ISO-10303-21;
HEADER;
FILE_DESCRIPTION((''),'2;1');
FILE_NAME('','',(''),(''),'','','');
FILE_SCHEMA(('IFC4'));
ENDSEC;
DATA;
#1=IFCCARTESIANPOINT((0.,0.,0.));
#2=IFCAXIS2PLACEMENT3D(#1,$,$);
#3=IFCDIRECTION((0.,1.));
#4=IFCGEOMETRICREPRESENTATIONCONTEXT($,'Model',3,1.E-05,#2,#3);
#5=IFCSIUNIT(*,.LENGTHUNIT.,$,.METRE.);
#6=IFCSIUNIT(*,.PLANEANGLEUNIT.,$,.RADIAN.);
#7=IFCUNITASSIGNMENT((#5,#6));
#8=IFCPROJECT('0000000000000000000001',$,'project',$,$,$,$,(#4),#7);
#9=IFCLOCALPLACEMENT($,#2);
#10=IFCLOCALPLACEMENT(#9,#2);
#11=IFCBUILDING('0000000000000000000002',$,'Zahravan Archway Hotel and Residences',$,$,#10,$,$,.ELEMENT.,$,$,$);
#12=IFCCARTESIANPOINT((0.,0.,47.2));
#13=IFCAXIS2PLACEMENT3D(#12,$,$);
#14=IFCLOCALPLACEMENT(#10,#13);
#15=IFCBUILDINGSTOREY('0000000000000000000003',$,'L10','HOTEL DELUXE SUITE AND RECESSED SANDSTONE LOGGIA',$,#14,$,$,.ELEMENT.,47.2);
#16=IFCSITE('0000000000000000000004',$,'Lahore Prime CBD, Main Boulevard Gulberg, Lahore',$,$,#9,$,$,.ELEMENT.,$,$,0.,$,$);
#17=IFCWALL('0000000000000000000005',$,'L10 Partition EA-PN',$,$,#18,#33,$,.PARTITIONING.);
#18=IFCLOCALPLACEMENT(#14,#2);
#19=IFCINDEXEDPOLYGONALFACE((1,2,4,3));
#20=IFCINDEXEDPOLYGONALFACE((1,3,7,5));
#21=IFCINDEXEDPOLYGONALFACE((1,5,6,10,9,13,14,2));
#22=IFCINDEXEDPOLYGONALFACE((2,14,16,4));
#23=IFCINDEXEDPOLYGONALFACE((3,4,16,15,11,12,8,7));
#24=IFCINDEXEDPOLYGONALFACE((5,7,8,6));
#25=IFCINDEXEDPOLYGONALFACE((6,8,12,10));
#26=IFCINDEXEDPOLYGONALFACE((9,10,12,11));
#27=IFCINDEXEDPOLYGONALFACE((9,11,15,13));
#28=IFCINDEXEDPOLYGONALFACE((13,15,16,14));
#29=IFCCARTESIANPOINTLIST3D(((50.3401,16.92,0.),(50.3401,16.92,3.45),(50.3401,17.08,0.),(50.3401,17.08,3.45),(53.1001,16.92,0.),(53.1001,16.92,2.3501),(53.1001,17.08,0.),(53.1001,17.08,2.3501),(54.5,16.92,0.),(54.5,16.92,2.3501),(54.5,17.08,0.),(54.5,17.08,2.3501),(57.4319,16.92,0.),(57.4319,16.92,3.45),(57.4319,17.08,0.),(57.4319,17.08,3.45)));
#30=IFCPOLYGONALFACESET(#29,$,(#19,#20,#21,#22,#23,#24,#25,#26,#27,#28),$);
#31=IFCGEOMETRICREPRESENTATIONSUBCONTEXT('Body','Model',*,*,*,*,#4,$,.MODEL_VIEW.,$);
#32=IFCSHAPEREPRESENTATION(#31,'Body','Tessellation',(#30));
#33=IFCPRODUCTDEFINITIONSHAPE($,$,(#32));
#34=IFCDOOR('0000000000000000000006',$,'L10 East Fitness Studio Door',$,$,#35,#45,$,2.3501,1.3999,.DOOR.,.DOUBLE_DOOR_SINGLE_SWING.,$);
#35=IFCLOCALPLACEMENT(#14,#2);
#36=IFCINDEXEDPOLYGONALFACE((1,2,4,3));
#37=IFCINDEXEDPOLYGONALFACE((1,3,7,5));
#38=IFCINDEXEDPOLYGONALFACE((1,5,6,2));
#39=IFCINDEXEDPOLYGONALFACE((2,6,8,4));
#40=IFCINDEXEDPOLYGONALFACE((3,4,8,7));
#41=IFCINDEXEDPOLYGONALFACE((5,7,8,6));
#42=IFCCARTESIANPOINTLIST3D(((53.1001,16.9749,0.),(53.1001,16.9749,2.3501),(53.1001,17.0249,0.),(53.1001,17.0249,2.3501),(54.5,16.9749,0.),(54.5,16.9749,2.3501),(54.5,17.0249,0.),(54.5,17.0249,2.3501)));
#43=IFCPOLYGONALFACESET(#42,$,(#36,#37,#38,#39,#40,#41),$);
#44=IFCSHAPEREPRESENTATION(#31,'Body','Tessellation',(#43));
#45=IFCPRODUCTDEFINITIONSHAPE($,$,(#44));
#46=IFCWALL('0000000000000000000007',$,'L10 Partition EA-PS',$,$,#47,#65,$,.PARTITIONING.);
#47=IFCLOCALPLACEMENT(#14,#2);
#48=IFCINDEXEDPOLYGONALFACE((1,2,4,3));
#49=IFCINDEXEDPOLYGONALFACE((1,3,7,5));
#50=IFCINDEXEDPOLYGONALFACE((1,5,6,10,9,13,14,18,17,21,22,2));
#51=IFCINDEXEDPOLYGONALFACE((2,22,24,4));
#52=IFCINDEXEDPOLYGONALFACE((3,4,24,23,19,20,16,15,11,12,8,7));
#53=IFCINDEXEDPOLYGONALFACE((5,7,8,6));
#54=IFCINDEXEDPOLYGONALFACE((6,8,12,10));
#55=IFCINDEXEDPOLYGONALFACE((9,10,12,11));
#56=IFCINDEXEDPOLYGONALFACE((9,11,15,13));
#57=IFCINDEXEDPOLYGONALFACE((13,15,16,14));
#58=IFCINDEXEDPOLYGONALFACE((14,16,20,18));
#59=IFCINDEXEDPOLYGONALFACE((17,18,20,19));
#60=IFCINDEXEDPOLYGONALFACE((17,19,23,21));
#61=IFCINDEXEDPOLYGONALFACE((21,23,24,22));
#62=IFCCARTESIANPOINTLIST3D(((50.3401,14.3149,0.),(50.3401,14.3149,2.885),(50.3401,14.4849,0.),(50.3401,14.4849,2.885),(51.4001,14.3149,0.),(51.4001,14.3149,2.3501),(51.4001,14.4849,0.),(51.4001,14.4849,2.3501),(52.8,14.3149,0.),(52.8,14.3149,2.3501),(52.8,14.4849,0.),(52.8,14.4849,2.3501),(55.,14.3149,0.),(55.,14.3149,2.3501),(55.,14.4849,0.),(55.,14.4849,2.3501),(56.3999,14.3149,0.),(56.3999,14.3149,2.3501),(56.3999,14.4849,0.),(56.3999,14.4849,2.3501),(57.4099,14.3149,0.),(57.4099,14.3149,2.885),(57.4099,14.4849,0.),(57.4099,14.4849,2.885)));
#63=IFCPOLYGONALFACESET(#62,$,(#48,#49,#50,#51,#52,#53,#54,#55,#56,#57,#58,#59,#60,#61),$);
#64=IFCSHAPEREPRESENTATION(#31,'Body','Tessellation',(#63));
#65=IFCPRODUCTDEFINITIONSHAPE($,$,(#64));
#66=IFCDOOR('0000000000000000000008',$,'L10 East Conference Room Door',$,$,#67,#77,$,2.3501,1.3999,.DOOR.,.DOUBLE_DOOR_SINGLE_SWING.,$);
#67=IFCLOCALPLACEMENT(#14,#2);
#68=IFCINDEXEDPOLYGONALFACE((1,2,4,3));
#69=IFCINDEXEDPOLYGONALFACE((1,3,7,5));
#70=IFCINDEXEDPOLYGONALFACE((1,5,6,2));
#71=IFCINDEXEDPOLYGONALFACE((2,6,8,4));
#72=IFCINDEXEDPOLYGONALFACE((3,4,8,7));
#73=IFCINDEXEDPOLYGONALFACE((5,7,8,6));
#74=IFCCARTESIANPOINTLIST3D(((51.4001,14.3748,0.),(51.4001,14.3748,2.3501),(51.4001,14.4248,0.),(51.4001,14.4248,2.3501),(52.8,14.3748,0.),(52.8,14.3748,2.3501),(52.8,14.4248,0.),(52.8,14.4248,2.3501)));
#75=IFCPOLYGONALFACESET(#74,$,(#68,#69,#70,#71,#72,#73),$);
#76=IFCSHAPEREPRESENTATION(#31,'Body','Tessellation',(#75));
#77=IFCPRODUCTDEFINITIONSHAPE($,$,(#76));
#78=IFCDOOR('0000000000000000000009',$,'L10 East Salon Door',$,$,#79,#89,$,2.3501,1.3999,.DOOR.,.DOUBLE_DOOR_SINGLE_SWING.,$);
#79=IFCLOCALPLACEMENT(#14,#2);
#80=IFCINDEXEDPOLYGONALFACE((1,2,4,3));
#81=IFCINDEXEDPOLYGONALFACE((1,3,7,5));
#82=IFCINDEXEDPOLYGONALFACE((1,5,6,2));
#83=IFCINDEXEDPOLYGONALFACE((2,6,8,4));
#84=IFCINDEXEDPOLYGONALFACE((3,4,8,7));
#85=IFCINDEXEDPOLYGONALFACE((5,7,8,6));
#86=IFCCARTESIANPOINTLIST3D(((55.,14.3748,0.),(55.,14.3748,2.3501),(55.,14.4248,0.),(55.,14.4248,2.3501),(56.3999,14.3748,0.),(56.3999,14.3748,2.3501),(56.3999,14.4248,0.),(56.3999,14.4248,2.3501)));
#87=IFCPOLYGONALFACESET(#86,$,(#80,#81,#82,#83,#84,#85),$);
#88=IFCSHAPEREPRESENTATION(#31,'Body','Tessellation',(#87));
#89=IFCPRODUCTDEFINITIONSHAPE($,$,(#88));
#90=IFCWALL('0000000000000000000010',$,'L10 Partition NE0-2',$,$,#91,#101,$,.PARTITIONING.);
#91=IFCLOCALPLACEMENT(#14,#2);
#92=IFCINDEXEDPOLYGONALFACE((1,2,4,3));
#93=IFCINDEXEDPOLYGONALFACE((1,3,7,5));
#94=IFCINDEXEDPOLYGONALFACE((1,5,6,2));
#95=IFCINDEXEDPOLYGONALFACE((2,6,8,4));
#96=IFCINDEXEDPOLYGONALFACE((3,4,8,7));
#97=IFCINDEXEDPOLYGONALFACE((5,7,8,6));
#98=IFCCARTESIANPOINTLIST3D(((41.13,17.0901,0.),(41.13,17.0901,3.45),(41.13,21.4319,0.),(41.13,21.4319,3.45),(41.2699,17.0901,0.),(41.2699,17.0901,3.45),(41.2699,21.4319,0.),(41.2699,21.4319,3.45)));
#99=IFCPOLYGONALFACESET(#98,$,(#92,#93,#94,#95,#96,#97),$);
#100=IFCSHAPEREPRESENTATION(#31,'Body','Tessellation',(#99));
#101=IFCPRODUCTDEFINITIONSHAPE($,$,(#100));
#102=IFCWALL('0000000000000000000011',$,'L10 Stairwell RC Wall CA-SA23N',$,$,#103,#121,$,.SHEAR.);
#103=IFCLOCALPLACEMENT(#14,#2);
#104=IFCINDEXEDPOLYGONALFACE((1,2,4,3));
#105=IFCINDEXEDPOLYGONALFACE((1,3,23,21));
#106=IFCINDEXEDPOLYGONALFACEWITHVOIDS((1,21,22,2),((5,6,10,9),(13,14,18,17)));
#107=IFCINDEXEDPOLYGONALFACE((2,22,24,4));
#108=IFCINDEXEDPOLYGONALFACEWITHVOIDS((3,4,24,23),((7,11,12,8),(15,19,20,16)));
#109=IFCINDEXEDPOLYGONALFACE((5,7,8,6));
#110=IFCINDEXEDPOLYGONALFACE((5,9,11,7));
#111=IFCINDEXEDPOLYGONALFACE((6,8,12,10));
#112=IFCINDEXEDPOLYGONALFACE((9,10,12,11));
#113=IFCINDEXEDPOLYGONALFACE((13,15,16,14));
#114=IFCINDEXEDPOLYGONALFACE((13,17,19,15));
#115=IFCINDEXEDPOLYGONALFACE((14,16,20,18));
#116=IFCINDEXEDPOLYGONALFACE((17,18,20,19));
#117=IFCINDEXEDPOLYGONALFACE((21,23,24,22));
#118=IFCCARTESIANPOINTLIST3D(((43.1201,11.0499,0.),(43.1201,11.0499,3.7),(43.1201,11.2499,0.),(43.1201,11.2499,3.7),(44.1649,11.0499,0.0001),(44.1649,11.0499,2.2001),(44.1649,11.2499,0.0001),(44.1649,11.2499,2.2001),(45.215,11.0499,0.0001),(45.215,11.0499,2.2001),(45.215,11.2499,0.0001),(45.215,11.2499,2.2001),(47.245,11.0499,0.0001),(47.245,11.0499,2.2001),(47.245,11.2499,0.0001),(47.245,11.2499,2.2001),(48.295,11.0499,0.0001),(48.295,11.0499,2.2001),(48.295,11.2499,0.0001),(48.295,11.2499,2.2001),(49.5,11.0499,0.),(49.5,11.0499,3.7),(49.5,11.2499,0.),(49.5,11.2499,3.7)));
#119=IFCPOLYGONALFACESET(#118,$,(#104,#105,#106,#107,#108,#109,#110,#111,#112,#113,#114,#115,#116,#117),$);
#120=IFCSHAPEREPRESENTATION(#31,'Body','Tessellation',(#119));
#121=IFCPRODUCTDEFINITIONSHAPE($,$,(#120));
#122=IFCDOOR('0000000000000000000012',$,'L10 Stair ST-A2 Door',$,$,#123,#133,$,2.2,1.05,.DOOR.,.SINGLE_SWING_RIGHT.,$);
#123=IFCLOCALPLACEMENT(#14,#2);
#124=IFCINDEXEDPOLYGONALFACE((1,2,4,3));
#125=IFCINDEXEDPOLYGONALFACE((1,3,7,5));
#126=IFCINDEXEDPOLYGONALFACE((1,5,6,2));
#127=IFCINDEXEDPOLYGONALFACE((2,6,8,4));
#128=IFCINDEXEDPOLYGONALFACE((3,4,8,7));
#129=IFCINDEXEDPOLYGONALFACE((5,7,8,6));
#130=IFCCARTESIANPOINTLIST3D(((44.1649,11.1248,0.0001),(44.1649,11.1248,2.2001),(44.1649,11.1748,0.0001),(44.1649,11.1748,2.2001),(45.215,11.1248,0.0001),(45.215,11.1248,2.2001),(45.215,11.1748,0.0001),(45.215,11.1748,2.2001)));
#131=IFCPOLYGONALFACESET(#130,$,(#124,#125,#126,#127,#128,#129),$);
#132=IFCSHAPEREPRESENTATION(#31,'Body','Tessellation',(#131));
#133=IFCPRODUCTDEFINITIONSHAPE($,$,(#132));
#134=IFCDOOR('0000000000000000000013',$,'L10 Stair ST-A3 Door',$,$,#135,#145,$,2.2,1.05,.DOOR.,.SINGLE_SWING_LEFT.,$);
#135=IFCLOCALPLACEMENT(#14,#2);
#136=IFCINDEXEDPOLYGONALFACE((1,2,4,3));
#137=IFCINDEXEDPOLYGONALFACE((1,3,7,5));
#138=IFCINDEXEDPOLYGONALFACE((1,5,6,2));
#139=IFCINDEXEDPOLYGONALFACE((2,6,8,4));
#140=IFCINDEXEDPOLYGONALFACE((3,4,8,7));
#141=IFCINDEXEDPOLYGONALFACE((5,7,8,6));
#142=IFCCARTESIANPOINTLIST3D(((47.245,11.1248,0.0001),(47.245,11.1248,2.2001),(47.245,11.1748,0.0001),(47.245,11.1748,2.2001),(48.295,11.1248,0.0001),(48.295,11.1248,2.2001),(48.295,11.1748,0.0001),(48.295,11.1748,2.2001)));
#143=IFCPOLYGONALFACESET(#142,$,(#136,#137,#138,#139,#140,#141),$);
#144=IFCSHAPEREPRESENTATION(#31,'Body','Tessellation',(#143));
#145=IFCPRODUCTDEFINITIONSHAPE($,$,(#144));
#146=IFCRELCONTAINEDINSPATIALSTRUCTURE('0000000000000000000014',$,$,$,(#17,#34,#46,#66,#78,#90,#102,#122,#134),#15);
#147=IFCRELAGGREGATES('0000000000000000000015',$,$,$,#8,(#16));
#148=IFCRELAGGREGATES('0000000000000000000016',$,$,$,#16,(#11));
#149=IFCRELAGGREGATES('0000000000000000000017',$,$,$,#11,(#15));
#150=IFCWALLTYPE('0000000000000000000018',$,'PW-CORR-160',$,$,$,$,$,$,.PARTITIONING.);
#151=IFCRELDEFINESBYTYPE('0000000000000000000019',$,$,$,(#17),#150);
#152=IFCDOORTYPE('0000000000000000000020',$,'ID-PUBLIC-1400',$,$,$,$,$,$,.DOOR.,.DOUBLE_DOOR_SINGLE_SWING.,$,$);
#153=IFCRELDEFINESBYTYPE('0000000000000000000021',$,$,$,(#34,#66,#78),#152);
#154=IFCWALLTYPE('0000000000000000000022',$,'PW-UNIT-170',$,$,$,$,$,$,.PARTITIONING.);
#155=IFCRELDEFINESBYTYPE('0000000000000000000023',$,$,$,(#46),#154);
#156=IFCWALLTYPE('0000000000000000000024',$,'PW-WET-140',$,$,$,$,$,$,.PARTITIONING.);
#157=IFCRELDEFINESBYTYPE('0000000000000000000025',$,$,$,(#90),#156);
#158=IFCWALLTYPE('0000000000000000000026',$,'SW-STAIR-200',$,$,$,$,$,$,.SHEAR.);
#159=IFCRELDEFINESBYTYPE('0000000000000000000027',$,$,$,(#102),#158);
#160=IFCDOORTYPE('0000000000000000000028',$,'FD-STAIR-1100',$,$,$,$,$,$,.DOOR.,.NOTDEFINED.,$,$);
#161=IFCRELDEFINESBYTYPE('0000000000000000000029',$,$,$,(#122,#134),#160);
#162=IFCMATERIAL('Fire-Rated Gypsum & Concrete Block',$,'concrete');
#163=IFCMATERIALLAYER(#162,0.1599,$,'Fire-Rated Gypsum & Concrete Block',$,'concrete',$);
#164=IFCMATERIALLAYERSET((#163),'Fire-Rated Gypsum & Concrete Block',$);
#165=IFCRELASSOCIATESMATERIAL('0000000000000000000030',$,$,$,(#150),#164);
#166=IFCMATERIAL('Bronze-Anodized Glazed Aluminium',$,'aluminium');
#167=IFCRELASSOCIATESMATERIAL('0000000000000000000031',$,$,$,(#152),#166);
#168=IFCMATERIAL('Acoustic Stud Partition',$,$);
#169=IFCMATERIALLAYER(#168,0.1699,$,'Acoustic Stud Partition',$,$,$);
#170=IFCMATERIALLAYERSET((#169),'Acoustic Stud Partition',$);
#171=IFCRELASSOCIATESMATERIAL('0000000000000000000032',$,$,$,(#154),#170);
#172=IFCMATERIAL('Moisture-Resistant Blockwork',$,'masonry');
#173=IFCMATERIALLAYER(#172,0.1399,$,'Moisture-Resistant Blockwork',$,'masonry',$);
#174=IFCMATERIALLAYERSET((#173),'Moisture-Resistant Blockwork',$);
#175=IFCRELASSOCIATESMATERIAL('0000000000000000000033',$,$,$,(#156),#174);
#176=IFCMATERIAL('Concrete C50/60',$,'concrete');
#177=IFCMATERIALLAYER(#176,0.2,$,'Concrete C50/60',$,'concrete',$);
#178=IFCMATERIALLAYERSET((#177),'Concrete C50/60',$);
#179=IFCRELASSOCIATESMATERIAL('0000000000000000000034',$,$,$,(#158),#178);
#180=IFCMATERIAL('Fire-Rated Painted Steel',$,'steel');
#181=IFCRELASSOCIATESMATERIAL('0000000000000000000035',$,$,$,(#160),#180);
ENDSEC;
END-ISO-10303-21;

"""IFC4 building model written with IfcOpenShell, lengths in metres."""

from ifc_helpers import new_model, si_unit, direction, frame, frame_2d, origin, place, context, subcontext, project, spatial, rectangle, extrude, source, transform, mapped, material, layer, layer_set, type_object, type_shapes, element, fill, save


model = new_model("IFC4")

# Units and contexts
model_context = context("Model", 3, precision=1e-05, world=origin(), true_north=direction((0.0, 1.0)))
body_context = subcontext(model_context, "Body", "Model", "MODEL_VIEW")
ifc_project = project(units=[si_unit("LENGTHUNIT", "METRE"), si_unit("PLANEANGLEUNIT", "RADIAN")], contexts=[model_context])

# Site, building, storey
site_placement = place(None, origin())
site = spatial("IfcSite", under=ifc_project, at=site_placement, Name="Lahore Prime CBD, Main Boulevard Gulberg, Lahore", CompositionType="ELEMENT", RefElevation=0.0)
building_placement = place(site_placement, origin())
building = spatial("IfcBuilding", under=site, at=building_placement, Name="Zahravan Archway Hotel and Residences", CompositionType="ELEMENT")
storey_placement = place(building_placement, frame((0.0, 0.0, 47.2)))
storey = spatial("IfcBuildingStorey", under=building, at=storey_placement, Name="L10", Description="HOTEL DELUXE SUITE AND RECESSED SANDSTONE LOGGIA", CompositionType="ELEMENT", Elevation=47.2)

# Wall, opening, door
ifc_material_1 = material(Name="Fire-Rated Gypsum & Concrete Block", Category="concrete")
ifc_material_2 = material(Name="Fire-Rated Painted Steel", Category="steel")
ifc_layer_1 = layer(ifc_material_1, 0.1599, Name="Fire-Rated Gypsum & Concrete Block", Category="concrete")
ifc_layer_set_1 = layer_set([ifc_layer_1], Name="Fire-Rated Gypsum & Concrete Block")
wall_type_1 = type_object("IfcWallType", Name="PW-CORR-160", PredefinedType="PARTITIONING", material=ifc_layer_set_1)
wall_1_placement = place(storey_placement, frame((50.3401, 17.0, 0.0), z_axis=(0.0, 0.0, 1.0), x_axis=(1.0, 0.0, 0.0)))
wall_1 = element("IfcWall", 1, at=wall_1_placement, inside=storey, type_object=wall_type_1, Name="L10 Partition EA-PN", PredefinedType="PARTITIONING", context=body_context, shape_type="SweptSolid", body=[
    extrude(rectangle(XDim=7.0918, YDim=0.1599, at=frame_2d((3.5459, 0.0))), origin(), (0.0, 0.0, 1.0), 3.45),
])
opening_1_placement = place(wall_1_placement, frame((2.76, 0.0, 0.0)))
opening_1 = element("IfcOpeningElement", 2, at=opening_1_placement, cuts=wall_1, PredefinedType="OPENING", context=body_context, shape_type="SweptSolid", body=[
    extrude(rectangle(XDim=1.3999, YDim=2.3501, at=frame_2d((0.7, 1.175))), frame((0.0, 0.0898, 0.0), z_axis=(0.0, -1.0, 0.0), x_axis=(1.0, 0.0, 0.0)), (0.0, 0.0, 1.0), 0.1799),
])
ifc_material_3 = material(Name="Bronze-Anodized Glazed Aluminium", Category="aluminium")
door_type_1 = type_object("IfcDoorType", Name="ID-PUBLIC-1400", OperationType="DOUBLE_DOOR_SINGLE_SWING", PredefinedType="DOOR", material=ifc_material_3)
shared_shape_1 = source(origin(), body_context, "Body", "SweptSolid", [
    extrude(rectangle(XDim=1.3999, YDim=2.3501, at=frame_2d((0.7, 1.175))), frame((0.0, 0.0249, 0.0), z_axis=(0.0, -1.0, 0.0), x_axis=(1.0, 0.0, 0.0)), (0.0, 0.0, 1.0), 0.05),
])
type_shapes(door_type_1, [shared_shape_1])
door_1_placement = place(opening_1_placement, origin())
door_1 = element("IfcDoor", 3, at=door_1_placement, inside=storey, type_object=door_type_1, Name="L10 East Fitness Studio Door", OperationType="DOUBLE_DOOR_SINGLE_SWING", OverallHeight=2.3501, OverallWidth=1.3999, PredefinedType="DOOR", context=body_context, shape_type="MappedRepresentation", body=[
    mapped(shared_shape_1, transform((0.0, 0.0, 0.0), scale=1.0)),
])
fill(opening_1, door_1)

# Wall, openings, doors
ifc_material_4 = material(Name="Acoustic Stud Partition")
ifc_layer_2 = layer(ifc_material_4, 0.1699, Name="Acoustic Stud Partition")
ifc_layer_set_2 = layer_set([ifc_layer_2], Name="Acoustic Stud Partition")
wall_type_2 = type_object("IfcWallType", Name="PW-UNIT-170", PredefinedType="PARTITIONING", material=ifc_layer_set_2)
wall_2_placement = place(storey_placement, frame((50.3401, 14.3999, 0.0), z_axis=(0.0, 0.0, 1.0), x_axis=(1.0, 0.0, 0.0)))
wall_2 = element("IfcWall", 4, at=wall_2_placement, inside=storey, type_object=wall_type_2, Name="L10 Partition EA-PS", PredefinedType="PARTITIONING", context=body_context, shape_type="SweptSolid", body=[
    extrude(rectangle(XDim=7.0698, YDim=0.1699, at=frame_2d((3.5349, 0.0))), origin(), (0.0, 0.0, 1.0), 2.885),
])
opening_2_placement = place(wall_2_placement, frame((1.0601, 0.0, 0.0)))
opening_2 = element("IfcOpeningElement", 5, at=opening_2_placement, cuts=wall_2, PredefinedType="OPENING", context=body_context, shape_type="SweptSolid", body=[
    extrude(rectangle(XDim=1.3999, YDim=2.3501, at=frame_2d((0.7, 1.175))), frame((0.0, 0.095, 0.0), z_axis=(0.0, -1.0, 0.0), x_axis=(1.0, 0.0, 0.0)), (0.0, 0.0, 1.0), 0.1899),
])
opening_3_placement = place(wall_2_placement, frame((4.6599, 0.0, 0.0)))
opening_3 = element("IfcOpeningElement", 6, at=opening_3_placement, cuts=wall_2, PredefinedType="OPENING", context=body_context, shape_type="SweptSolid", body=[
    extrude(rectangle(XDim=1.3999, YDim=2.3501, at=frame_2d((0.7, 1.175))), frame((0.0, 0.095, 0.0), z_axis=(0.0, -1.0, 0.0), x_axis=(1.0, 0.0, 0.0)), (0.0, 0.0, 1.0), 0.1899),
])
door_2_placement = place(opening_2_placement, origin())
door_2 = element("IfcDoor", 7, at=door_2_placement, inside=storey, type_object=door_type_1, Name="L10 East Conference Room Door", OperationType="DOUBLE_DOOR_SINGLE_SWING", OverallHeight=2.3501, OverallWidth=1.3999, PredefinedType="DOOR", context=body_context, shape_type="MappedRepresentation", body=[
    mapped(shared_shape_1, transform((0.0, 0.0, 0.0), scale=1.0)),
])
fill(opening_2, door_2)
door_3_placement = place(opening_3_placement, origin())
door_3 = element("IfcDoor", 8, at=door_3_placement, inside=storey, type_object=door_type_1, Name="L10 East Salon Door", OperationType="DOUBLE_DOOR_SINGLE_SWING", OverallHeight=2.3501, OverallWidth=1.3999, PredefinedType="DOOR", context=body_context, shape_type="MappedRepresentation", body=[
    mapped(shared_shape_1, transform((0.0, 0.0, 0.0), scale=1.0)),
])
fill(opening_3, door_3)

# Wall
ifc_material_5 = material(Name="Moisture-Resistant Blockwork", Category="masonry")
ifc_layer_3 = layer(ifc_material_5, 0.1399, Name="Moisture-Resistant Blockwork", Category="masonry")
ifc_layer_set_3 = layer_set([ifc_layer_3], Name="Moisture-Resistant Blockwork")
wall_type_3 = type_object("IfcWallType", Name="PW-WET-140", PredefinedType="PARTITIONING", material=ifc_layer_set_3)
wall_3_placement = place(storey_placement, frame((41.2, 17.0901, 0.0), z_axis=(0.0, 0.0, 1.0), x_axis=(0.0, 1.0, 0.0)))
element("IfcWall", 9, at=wall_3_placement, inside=storey, type_object=wall_type_3, Name="L10 Partition NE0-2", PredefinedType="PARTITIONING", context=body_context, shape_type="SweptSolid", body=[
    extrude(rectangle(XDim=4.3418, YDim=0.1399, at=frame_2d((2.1709, 0.0))), origin(), (0.0, 0.0, 1.0), 3.45),
])

# Wall, openings, doors
ifc_material_6 = material(Name="Concrete C50/60", Category="concrete")
ifc_layer_4 = layer(ifc_material_6, 0.2, Name="Concrete C50/60", Category="concrete")
ifc_layer_set_4 = layer_set([ifc_layer_4], Name="Concrete C50/60")
wall_type_4 = type_object("IfcWallType", Name="SW-STAIR-200", PredefinedType="SHEAR", material=ifc_layer_set_4)
wall_4_placement = place(storey_placement, frame((43.1201, 11.1499, 0.0), z_axis=(0.0, 0.0, 1.0), x_axis=(1.0, 0.0, 0.0)))
wall_4 = element("IfcWall", 10, at=wall_4_placement, inside=storey, type_object=wall_type_4, Name="L10 Stairwell RC Wall CA-SA23N", PredefinedType="SHEAR", context=body_context, shape_type="SweptSolid", body=[
    extrude(rectangle(XDim=6.3799, YDim=0.2, at=frame_2d((3.1899, 0.0))), origin(), (0.0, 0.0, 1.0), 3.7),
])
opening_4_placement = place(wall_4_placement, frame((1.0449, 0.0, 0.0)))
opening_4 = element("IfcOpeningElement", 11, at=opening_4_placement, cuts=wall_4, PredefinedType="OPENING", context=body_context, shape_type="SweptSolid", body=[
    extrude(rectangle(XDim=1.05, YDim=2.2, at=frame_2d((0.5249, 1.1001))), frame((0.0, 0.1099, 0.0), z_axis=(0.0, -1.0, 0.0), x_axis=(1.0, 0.0, 0.0)), (0.0, 0.0, 1.0), 0.22),
])
opening_5_placement = place(wall_4_placement, frame((4.125, 0.0, 0.0)))
opening_5 = element("IfcOpeningElement", 12, at=opening_5_placement, cuts=wall_4, PredefinedType="OPENING", context=body_context, shape_type="SweptSolid", body=[
    extrude(rectangle(XDim=1.05, YDim=2.2, at=frame_2d((0.5249, 1.1001))), frame((0.0, 0.1099, 0.0), z_axis=(0.0, -1.0, 0.0), x_axis=(1.0, 0.0, 0.0)), (0.0, 0.0, 1.0), 0.22),
])
door_type_2 = type_object("IfcDoorType", Name="FD-STAIR-1100", OperationType="NOTDEFINED", PredefinedType="DOOR", material=ifc_material_2)
shared_shape_2 = source(origin(), body_context, "Body", "SweptSolid", [
    extrude(rectangle(XDim=1.05, YDim=2.2, at=frame_2d((0.5249, 1.1001))), frame((0.0, 0.0249, 0.0), z_axis=(0.0, -1.0, 0.0), x_axis=(1.0, 0.0, 0.0)), (0.0, 0.0, 1.0), 0.05),
])
type_shapes(door_type_2, [shared_shape_2])
door_4_placement = place(opening_4_placement, origin())
door_4 = element("IfcDoor", 13, at=door_4_placement, inside=storey, type_object=door_type_2, Name="L10 Stair ST-A2 Door", OperationType="SINGLE_SWING_RIGHT", OverallHeight=2.2, OverallWidth=1.05, PredefinedType="DOOR", context=body_context, shape_type="MappedRepresentation", body=[
    mapped(shared_shape_2, transform((0.0, 0.0, 0.0), scale=1.0)),
])
fill(opening_4, door_4)
door_5_placement = place(opening_5_placement, origin())
door_5 = element("IfcDoor", 14, at=door_5_placement, inside=storey, type_object=door_type_2, Name="L10 Stair ST-A3 Door", OperationType="SINGLE_SWING_LEFT", OverallHeight=2.2, OverallWidth=1.05, PredefinedType="DOOR", context=body_context, shape_type="MappedRepresentation", body=[
    mapped(shared_shape_2, transform((0.0, 0.0, 0.0), scale=1.0)),
])
fill(opening_5, door_5)

save(model, "model.ifc")
